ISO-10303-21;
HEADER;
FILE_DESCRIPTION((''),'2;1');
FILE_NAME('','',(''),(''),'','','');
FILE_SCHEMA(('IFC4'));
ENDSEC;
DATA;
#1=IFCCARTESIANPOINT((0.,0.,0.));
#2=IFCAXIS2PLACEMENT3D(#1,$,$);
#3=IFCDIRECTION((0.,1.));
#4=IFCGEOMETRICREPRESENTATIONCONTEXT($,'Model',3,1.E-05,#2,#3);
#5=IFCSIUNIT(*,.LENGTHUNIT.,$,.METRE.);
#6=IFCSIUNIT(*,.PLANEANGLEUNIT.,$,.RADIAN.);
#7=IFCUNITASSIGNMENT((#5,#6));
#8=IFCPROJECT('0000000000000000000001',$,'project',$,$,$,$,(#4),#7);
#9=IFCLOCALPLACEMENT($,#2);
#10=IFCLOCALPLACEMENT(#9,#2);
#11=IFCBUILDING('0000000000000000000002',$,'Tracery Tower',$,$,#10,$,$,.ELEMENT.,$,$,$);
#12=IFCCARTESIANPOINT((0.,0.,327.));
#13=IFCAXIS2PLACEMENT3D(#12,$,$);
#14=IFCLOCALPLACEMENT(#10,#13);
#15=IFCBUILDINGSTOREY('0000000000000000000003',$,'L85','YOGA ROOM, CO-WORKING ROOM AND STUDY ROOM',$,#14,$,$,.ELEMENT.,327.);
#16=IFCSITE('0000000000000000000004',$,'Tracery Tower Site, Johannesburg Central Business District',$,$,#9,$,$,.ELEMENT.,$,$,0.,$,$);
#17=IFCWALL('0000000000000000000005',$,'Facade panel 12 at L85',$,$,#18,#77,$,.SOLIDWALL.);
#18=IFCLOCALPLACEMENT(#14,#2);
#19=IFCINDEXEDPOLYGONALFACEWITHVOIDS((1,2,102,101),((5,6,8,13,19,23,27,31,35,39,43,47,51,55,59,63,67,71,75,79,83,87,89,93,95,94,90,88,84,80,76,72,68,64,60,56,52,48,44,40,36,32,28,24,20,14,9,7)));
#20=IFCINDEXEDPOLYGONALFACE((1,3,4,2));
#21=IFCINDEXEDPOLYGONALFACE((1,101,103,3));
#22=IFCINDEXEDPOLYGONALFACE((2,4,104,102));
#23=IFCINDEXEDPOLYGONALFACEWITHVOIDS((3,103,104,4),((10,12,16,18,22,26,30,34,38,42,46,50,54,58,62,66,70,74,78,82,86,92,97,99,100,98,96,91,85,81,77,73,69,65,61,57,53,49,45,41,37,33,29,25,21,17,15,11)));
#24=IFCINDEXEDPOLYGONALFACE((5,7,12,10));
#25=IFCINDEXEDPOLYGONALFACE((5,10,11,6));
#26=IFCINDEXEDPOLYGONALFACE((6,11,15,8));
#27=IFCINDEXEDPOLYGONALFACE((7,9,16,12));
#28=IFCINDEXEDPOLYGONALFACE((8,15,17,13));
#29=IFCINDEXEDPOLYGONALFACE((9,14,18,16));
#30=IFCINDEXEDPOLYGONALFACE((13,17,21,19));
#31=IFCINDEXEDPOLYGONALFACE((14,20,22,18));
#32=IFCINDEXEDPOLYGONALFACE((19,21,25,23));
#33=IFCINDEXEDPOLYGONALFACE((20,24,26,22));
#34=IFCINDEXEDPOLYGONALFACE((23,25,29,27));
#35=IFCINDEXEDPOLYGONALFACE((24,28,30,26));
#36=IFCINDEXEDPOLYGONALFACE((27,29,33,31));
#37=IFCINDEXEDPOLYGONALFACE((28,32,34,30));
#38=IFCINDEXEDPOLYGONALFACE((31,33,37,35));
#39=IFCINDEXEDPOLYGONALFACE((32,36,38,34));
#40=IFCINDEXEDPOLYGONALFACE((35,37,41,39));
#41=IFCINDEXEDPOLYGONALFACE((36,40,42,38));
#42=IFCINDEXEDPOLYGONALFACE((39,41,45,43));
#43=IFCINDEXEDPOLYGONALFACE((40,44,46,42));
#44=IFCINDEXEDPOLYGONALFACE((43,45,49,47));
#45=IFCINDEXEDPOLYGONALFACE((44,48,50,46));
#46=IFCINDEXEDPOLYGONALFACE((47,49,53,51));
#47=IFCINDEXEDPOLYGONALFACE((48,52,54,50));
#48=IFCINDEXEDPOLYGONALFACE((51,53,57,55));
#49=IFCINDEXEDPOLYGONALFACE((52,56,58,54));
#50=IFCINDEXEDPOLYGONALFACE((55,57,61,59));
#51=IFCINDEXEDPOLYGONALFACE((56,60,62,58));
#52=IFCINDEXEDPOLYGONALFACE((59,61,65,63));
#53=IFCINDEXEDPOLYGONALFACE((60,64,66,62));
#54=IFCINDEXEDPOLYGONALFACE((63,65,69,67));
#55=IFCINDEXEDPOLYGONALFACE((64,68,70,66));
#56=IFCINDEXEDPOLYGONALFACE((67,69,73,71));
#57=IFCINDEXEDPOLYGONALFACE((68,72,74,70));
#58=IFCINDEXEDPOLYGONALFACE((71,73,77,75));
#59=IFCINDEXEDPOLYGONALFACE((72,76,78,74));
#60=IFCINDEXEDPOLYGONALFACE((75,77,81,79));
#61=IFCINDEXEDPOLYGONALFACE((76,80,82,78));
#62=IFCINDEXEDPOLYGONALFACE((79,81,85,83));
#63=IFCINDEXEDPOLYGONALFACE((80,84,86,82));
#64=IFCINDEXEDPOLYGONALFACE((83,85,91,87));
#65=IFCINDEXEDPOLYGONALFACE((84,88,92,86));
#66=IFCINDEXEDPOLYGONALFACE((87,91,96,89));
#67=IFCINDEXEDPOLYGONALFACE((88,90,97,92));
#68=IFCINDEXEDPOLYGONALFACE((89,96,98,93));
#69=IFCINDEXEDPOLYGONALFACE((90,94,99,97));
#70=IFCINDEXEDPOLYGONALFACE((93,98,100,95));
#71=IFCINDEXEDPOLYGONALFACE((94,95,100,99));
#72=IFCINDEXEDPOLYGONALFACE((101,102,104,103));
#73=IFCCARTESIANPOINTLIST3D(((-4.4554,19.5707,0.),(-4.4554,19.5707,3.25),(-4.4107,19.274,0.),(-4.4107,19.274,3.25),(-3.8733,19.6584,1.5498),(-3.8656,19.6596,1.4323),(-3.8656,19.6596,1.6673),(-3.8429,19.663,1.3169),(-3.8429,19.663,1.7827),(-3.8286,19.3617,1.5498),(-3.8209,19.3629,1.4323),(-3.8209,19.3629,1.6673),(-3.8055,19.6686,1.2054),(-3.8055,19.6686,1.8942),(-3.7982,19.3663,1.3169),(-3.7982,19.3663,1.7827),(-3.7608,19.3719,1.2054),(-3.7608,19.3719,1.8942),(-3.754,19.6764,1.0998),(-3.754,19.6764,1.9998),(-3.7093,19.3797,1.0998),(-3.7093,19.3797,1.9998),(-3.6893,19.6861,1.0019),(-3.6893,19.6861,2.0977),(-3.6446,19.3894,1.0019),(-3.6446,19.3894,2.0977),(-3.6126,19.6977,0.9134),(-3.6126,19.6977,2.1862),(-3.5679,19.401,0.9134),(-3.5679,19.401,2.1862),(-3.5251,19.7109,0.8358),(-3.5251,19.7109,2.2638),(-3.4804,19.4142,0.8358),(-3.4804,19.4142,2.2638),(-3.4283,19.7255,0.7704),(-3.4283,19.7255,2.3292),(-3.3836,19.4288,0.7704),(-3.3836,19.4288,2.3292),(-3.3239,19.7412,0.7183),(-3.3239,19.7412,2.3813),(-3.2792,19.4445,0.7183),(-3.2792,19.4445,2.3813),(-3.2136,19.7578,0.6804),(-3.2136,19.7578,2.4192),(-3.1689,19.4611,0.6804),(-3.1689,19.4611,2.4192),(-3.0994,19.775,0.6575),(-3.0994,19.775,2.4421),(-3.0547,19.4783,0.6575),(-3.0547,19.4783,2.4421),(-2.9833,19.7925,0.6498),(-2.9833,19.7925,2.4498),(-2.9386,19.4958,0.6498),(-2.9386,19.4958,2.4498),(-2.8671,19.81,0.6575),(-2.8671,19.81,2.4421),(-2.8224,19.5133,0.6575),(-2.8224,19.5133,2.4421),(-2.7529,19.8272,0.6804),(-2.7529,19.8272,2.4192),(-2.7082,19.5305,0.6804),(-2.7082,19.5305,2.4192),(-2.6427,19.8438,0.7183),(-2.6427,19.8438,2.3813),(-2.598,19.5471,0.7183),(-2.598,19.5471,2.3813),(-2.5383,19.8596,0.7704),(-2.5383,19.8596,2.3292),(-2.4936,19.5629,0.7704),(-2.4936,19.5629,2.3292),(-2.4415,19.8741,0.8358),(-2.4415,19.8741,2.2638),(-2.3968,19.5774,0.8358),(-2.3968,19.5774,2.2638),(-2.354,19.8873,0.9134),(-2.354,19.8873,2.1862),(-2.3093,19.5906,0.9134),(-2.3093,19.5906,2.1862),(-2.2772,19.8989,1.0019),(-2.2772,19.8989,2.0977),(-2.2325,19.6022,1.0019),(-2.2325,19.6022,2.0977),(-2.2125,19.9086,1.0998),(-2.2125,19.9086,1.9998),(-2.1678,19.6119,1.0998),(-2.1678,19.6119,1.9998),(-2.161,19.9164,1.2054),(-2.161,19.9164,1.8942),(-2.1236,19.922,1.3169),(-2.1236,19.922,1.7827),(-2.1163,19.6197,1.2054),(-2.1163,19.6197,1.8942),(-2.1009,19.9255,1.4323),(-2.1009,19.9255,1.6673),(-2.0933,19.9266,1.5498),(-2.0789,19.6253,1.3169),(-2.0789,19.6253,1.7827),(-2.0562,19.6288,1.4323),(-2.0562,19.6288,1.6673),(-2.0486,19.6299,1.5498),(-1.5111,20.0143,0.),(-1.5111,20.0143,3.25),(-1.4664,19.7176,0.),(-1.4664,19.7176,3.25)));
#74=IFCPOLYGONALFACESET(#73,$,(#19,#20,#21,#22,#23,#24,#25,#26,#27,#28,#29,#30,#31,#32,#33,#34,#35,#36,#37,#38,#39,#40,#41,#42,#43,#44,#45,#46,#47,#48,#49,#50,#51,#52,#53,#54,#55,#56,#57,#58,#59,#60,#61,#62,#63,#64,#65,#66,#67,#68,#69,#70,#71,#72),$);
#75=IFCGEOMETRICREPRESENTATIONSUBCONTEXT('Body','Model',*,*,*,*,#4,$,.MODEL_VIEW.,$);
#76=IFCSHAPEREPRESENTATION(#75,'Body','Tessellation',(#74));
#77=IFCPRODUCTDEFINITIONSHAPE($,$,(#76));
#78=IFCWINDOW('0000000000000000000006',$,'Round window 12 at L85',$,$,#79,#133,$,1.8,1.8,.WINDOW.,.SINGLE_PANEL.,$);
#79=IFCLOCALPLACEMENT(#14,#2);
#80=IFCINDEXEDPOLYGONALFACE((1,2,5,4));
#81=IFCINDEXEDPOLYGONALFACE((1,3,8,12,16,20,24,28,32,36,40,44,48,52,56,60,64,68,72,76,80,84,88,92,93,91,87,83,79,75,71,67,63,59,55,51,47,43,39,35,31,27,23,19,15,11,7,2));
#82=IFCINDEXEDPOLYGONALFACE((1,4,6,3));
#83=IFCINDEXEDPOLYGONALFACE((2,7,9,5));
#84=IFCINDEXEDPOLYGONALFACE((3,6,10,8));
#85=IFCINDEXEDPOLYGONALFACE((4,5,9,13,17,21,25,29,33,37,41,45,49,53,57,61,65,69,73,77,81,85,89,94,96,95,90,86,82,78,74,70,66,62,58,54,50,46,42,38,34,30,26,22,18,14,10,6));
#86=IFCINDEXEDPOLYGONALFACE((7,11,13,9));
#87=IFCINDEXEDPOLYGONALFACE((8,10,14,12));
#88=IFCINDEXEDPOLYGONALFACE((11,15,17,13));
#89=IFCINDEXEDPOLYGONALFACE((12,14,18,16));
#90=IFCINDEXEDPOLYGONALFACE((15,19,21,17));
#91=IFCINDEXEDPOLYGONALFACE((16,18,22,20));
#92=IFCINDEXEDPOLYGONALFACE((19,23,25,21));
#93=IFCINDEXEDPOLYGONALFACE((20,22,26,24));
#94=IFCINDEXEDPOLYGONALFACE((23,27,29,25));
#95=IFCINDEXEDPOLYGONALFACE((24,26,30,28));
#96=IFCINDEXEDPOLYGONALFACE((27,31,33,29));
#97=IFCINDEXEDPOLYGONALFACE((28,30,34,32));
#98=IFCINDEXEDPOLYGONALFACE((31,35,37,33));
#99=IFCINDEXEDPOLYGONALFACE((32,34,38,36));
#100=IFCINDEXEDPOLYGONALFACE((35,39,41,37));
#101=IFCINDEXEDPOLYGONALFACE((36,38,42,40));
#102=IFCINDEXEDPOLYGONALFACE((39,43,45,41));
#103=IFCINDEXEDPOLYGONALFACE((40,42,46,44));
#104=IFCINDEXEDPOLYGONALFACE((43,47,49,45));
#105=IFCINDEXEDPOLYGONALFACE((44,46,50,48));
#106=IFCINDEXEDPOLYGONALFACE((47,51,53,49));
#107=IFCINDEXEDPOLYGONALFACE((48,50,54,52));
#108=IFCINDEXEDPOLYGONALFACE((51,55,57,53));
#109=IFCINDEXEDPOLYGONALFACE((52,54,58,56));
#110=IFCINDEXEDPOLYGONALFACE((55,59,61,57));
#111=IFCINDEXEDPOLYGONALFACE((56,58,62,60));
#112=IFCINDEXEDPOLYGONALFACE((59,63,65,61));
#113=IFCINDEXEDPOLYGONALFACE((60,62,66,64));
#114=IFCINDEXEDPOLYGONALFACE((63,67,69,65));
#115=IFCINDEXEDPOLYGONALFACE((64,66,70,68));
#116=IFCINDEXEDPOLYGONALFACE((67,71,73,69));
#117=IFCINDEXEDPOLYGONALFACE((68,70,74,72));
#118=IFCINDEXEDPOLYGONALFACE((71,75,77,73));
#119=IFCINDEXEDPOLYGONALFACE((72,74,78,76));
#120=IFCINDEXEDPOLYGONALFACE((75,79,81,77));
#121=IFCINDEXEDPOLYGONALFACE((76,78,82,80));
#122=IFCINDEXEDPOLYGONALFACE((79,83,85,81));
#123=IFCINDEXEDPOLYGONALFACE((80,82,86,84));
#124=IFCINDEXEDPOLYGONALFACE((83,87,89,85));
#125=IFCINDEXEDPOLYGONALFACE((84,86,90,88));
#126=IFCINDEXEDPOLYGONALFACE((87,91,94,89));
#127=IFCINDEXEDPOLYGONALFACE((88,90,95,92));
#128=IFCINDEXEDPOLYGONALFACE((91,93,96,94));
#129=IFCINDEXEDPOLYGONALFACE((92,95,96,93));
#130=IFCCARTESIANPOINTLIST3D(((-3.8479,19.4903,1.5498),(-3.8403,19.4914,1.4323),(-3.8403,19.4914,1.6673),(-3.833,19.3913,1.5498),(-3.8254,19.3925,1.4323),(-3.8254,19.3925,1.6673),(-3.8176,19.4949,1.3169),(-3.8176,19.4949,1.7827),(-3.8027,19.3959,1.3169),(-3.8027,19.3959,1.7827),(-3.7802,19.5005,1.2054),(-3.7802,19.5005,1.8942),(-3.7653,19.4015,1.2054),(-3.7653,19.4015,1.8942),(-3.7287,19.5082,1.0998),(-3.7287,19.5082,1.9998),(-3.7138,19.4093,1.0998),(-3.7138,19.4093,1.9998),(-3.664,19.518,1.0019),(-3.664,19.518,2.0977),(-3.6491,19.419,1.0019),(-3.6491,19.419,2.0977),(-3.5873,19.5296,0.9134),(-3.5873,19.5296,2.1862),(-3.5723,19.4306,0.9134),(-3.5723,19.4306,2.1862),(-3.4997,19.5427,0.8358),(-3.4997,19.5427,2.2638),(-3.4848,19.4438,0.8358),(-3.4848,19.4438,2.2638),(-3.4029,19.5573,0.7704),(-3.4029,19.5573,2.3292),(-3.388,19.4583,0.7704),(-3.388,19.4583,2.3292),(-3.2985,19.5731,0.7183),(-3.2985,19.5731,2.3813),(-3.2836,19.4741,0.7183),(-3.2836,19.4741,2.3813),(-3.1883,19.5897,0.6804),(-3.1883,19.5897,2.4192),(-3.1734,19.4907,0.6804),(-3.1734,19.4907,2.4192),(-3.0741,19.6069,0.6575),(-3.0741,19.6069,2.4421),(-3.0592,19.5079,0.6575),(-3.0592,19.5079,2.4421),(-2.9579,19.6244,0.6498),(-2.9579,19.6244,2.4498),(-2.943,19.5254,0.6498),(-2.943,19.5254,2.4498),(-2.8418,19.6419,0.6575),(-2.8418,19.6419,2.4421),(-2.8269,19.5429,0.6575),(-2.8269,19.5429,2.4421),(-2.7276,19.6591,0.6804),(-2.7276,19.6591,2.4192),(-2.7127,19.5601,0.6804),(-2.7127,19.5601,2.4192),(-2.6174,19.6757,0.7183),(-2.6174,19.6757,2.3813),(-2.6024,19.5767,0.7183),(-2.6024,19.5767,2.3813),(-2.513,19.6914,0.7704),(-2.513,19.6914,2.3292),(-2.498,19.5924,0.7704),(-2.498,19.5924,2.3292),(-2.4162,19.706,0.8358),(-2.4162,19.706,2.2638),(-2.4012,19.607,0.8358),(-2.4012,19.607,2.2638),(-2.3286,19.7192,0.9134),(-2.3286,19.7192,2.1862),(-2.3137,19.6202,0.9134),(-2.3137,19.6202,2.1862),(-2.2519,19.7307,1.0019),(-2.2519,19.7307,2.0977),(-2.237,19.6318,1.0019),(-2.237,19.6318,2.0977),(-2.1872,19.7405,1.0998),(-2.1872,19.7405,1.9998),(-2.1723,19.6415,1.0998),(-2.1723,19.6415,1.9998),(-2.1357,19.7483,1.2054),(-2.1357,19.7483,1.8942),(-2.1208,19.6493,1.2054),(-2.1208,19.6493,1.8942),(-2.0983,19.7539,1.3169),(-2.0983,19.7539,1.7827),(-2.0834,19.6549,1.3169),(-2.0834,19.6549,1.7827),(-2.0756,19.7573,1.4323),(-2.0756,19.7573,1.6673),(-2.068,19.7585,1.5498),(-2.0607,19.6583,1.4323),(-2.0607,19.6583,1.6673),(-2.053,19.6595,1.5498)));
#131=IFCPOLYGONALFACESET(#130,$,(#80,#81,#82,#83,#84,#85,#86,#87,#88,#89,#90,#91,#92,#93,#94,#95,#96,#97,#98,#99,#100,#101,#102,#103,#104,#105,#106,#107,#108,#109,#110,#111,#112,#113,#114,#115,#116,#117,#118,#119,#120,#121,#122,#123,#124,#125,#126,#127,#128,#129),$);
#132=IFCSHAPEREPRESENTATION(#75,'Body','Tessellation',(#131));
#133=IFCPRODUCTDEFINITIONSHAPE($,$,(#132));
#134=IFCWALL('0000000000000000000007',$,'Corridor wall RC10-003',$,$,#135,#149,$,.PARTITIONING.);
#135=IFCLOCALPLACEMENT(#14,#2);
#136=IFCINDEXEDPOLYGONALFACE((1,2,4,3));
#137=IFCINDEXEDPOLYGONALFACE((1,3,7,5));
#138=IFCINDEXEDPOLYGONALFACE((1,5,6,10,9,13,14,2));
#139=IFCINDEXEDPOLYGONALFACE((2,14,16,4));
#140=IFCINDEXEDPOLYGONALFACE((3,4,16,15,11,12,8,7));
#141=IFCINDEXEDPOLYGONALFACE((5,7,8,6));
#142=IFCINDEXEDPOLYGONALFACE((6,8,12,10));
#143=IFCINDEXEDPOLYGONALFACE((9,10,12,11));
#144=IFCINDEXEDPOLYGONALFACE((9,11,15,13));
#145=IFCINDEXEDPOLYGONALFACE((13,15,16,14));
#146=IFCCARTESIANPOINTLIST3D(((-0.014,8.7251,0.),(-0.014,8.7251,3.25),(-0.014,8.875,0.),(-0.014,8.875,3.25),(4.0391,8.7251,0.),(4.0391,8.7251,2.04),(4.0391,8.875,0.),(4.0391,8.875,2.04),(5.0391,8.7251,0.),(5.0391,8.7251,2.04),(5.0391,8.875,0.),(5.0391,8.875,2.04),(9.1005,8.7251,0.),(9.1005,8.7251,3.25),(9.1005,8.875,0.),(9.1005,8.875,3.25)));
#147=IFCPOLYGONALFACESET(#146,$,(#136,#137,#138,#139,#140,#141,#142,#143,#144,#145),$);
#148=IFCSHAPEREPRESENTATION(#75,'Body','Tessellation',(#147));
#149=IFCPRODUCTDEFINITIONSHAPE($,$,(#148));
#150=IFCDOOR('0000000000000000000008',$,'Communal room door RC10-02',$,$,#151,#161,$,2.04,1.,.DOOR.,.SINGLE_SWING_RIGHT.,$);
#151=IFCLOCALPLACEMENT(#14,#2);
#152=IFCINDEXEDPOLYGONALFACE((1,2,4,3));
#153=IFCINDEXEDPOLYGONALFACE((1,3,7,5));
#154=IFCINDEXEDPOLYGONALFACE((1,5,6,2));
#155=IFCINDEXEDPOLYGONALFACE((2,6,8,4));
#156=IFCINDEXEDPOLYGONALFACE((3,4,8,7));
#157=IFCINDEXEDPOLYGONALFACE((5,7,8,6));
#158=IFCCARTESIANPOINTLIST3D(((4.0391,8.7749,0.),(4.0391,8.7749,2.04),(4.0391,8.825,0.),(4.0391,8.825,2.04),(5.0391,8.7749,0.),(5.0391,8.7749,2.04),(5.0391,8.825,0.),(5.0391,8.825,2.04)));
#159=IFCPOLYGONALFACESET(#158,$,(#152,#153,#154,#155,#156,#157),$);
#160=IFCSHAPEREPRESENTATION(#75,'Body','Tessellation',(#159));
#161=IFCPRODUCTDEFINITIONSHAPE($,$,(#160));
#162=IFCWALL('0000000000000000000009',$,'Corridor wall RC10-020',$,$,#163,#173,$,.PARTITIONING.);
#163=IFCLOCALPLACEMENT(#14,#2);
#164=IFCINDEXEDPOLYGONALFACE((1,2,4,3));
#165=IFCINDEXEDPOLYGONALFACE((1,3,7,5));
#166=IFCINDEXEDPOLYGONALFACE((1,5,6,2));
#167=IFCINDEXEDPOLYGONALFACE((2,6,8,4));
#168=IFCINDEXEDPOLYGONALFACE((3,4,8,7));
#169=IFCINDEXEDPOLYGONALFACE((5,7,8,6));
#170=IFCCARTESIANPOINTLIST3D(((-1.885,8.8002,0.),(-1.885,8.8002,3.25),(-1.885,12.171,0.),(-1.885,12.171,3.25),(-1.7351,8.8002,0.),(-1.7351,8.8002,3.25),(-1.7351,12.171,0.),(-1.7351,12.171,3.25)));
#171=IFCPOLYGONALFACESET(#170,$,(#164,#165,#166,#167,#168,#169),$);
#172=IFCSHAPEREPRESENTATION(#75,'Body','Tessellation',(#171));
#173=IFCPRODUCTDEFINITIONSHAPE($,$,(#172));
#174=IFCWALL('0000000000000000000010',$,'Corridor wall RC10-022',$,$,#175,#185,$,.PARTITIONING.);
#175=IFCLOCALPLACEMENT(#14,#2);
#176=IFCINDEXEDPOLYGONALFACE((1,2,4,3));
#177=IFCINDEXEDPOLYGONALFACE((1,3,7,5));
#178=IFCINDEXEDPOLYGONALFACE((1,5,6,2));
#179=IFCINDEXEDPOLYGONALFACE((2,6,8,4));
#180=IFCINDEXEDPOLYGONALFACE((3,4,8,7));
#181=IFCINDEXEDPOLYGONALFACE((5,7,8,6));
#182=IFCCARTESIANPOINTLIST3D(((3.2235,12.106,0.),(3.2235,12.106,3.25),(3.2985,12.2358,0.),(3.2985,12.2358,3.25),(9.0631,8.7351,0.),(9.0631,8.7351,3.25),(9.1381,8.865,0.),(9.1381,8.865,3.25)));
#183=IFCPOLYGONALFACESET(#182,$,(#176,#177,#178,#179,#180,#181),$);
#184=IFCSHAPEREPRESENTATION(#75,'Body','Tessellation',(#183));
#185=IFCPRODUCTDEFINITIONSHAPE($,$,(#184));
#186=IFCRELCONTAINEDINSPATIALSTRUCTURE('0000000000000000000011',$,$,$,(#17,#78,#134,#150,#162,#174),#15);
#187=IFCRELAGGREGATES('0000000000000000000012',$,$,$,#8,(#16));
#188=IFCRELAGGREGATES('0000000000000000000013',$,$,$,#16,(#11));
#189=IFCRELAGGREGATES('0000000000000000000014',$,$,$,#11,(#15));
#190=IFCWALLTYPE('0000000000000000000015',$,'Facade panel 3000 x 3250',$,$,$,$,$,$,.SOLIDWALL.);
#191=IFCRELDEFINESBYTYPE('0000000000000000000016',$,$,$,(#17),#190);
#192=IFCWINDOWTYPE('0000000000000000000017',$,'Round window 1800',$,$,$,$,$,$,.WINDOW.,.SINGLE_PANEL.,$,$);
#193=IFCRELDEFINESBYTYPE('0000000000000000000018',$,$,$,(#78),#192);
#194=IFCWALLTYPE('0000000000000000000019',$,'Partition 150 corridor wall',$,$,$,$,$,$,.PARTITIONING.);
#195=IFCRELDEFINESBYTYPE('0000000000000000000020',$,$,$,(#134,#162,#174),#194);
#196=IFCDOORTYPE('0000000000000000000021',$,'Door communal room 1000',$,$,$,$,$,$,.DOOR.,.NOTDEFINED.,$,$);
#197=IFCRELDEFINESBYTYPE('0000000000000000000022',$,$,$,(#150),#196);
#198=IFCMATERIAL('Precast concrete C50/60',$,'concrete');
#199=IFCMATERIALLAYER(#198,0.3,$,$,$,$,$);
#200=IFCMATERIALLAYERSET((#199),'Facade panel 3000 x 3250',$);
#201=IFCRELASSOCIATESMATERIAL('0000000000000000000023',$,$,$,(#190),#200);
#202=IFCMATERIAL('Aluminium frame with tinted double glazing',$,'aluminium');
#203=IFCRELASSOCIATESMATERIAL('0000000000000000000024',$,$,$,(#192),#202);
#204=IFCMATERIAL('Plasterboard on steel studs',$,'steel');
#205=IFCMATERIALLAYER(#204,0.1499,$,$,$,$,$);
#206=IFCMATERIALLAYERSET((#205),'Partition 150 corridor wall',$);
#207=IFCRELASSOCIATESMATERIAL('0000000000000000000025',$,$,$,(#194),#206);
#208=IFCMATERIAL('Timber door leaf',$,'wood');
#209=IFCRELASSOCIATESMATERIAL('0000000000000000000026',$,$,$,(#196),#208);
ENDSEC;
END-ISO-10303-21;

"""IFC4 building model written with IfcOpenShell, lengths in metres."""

from ifc_helpers import new_model, si_unit, direction, frame, frame_2d, origin, origin_2d, place, context, subcontext, project, spatial, rectangle, circle, extrude, material, layer, layer_set, type_object, element, fill, save


model = new_model("IFC4")

# Units and contexts
model_context = context("Model", 3, precision=1e-05, world=origin(), true_north=direction((0.0, 1.0)))
body_context = subcontext(model_context, "Body", "Model", "MODEL_VIEW")
ifc_project = project(units=[si_unit("LENGTHUNIT", "METRE"), si_unit("PLANEANGLEUNIT", "RADIAN")], contexts=[model_context])

# Site, building, storey
site_placement = place(None, origin())
site = spatial("IfcSite", under=ifc_project, at=site_placement, Name="Tracery Tower Site, Johannesburg Central Business District", CompositionType="ELEMENT", RefElevation=0.0)
building_placement = place(site_placement, origin())
building = spatial("IfcBuilding", under=site, at=building_placement, Name="Tracery Tower", CompositionType="ELEMENT")
storey_placement = place(building_placement, frame((0.0, 0.0, 327.0)))
storey = spatial("IfcBuildingStorey", under=building, at=storey_placement, Name="L85", Description="YOGA ROOM, CO-WORKING ROOM AND STUDY ROOM", CompositionType="ELEMENT", Elevation=327.0)

# Wall, opening, window
ifc_material_1 = material(Name="Precast concrete C50/60", Category="concrete")
ifc_layer_1 = layer(ifc_material_1, 0.3)
ifc_layer_set_1 = layer_set([ifc_layer_1], Name="Facade panel 3000 x 3250")
wall_type_1 = type_object("IfcWallType", Name="Facade panel 3000 x 3250", PredefinedType="SOLIDWALL", material=ifc_layer_set_1)
ifc_material_2 = material(Name="Aluminium frame with tinted double glazing", Category="aluminium")
window_type = type_object("IfcWindowType", Name="Round window 1800", PartitioningType="SINGLE_PANEL", PredefinedType="WINDOW", material=ifc_material_2)
wall_1_placement = place(storey_placement, frame((-1.4888, 19.866, 0.0), z_axis=(0.0, 0.0, 1.0), x_axis=(-0.98884, -0.148982, 0.0)))
wall_1 = element("IfcWall", 1, at=wall_1_placement, inside=storey, type_object=wall_type_1, Name="Facade panel 12 at L85", PredefinedType="SOLIDWALL", context=body_context, shape_type="SweptSolid", body=[
    extrude(rectangle(XDim=2.9775, YDim=0.3, at=frame_2d((1.4888, 0.0))), origin(), (0.0, 0.0, 1.0), 3.25),
])
opening_1_placement = place(wall_1_placement, frame((1.4888, 0.0, 1.5498)))
opening_1 = element("IfcOpeningElement", 2, at=opening_1_placement, cuts=wall_1, PredefinedType="OPENING", context=body_context, shape_type="SweptSolid", body=[
    extrude(circle(Radius=0.9, at=origin_2d()), frame((0.0, 0.1599, 0.0), z_axis=(0.0, -1.0, 0.0), x_axis=(1.0, 0.0, 0.0)), (0.0, 0.0, 1.0), 0.3201),
])
window_1_placement = place(opening_1_placement, origin())
window_1 = element("IfcWindow", 3, at=window_1_placement, inside=storey, type_object=window_type, Name="Round window 12 at L85", OverallHeight=1.8, OverallWidth=1.8, PartitioningType="SINGLE_PANEL", PredefinedType="WINDOW", context=body_context, shape_type="SweptSolid", body=[
    extrude(circle(Radius=0.9, at=origin_2d()), frame((0.0, 0.1201, 0.0), z_axis=(0.0, -1.0, 0.0), x_axis=(1.0, 0.0, 0.0)), (0.0, 0.0, 1.0), 0.1001),
])
fill(opening_1, window_1)

# Wall, opening, door
ifc_material_3 = material(Name="Plasterboard on steel studs", Category="steel")
ifc_layer_2 = layer(ifc_material_3, 0.1499)
ifc_layer_set_2 = layer_set([ifc_layer_2], Name="Partition 150 corridor wall")
wall_type_2 = type_object("IfcWallType", Name="Partition 150 corridor wall", PredefinedType="PARTITIONING", material=ifc_layer_set_2)
wall_2_placement = place(storey_placement, frame((-0.0139, 8.8, 0.0), z_axis=(0.0, 0.0, 1.0), x_axis=(1.0, 0.0, 0.0)))
wall_2 = element("IfcWall", 4, at=wall_2_placement, inside=storey, type_object=wall_type_2, Name="Corridor wall RC10-003", PredefinedType="PARTITIONING", context=body_context, shape_type="SweptSolid", body=[
    extrude(rectangle(XDim=9.1145, YDim=0.1499, at=frame_2d((4.5571, 0.0))), origin(), (0.0, 0.0, 1.0), 3.25),
])
opening_2_placement = place(wall_2_placement, frame((4.053, 0.0, 0.0)))
opening_2 = element("IfcOpeningElement", 5, at=opening_2_placement, cuts=wall_2, PredefinedType="OPENING", context=body_context, shape_type="SweptSolid", body=[
    extrude(rectangle(XDim=1.0, YDim=2.04, at=frame_2d((0.5, 1.02))), frame((0.0, 0.075, 0.0), z_axis=(0.0, -1.0, 0.0), x_axis=(1.0, 0.0, 0.0)), (0.0, 0.0, 1.0), 0.1499),
])
ifc_material_4 = material(Name="Timber door leaf", Category="wood")
door_type_1 = type_object("IfcDoorType", Name="Door communal room 1000", OperationType="NOTDEFINED", PredefinedType="DOOR", material=ifc_material_4)
door_1_placement = place(opening_2_placement, origin())
door_1 = element("IfcDoor", 6, at=door_1_placement, inside=storey, type_object=door_type_1, Name="Communal room door RC10-02", OperationType="SINGLE_SWING_RIGHT", OverallHeight=2.04, OverallWidth=1.0, PredefinedType="DOOR", context=body_context, shape_type="SweptSolid", body=[
    extrude(rectangle(XDim=1.0, YDim=2.04, at=frame_2d((0.5, 1.02))), frame((0.0, 0.0249, 0.0), z_axis=(0.0, -1.0, 0.0), x_axis=(1.0, 0.0, 0.0)), (0.0, 0.0, 1.0), 0.05),
])
fill(opening_2, door_1)

# Walls
wall_3_placement = place(storey_placement, frame((-1.8101, 8.8, 0.0), z_axis=(0.0, 0.0, 1.0), x_axis=(0.0, 1.0, 0.0)))
element("IfcWall", 7, at=wall_3_placement, inside=storey, type_object=wall_type_2, Name="Corridor wall RC10-020", PredefinedType="PARTITIONING", context=body_context, shape_type="SweptSolid", body=[
    extrude(rectangle(XDim=3.3708, YDim=0.1499, at=frame_2d((1.6855, 0.0))), origin(), (0.0, 0.0, 1.0), 3.25),
])
wall_4_placement = place(storey_placement, frame((3.261, 12.1709, 0.0), z_axis=(0.0, 0.0, 1.0), x_axis=(0.866067, -0.499928, 0.0)))
element("IfcWall", 8, at=wall_4_placement, inside=storey, type_object=wall_type_2, Name="Corridor wall RC10-022", PredefinedType="PARTITIONING", context=body_context, shape_type="SweptSolid", body=[
    extrude(rectangle(XDim=6.7427, YDim=0.1499, at=frame_2d((3.3713, 0.0))), origin(), (0.0, 0.0, 1.0), 3.25),
])

save(model, "model.ifc")
